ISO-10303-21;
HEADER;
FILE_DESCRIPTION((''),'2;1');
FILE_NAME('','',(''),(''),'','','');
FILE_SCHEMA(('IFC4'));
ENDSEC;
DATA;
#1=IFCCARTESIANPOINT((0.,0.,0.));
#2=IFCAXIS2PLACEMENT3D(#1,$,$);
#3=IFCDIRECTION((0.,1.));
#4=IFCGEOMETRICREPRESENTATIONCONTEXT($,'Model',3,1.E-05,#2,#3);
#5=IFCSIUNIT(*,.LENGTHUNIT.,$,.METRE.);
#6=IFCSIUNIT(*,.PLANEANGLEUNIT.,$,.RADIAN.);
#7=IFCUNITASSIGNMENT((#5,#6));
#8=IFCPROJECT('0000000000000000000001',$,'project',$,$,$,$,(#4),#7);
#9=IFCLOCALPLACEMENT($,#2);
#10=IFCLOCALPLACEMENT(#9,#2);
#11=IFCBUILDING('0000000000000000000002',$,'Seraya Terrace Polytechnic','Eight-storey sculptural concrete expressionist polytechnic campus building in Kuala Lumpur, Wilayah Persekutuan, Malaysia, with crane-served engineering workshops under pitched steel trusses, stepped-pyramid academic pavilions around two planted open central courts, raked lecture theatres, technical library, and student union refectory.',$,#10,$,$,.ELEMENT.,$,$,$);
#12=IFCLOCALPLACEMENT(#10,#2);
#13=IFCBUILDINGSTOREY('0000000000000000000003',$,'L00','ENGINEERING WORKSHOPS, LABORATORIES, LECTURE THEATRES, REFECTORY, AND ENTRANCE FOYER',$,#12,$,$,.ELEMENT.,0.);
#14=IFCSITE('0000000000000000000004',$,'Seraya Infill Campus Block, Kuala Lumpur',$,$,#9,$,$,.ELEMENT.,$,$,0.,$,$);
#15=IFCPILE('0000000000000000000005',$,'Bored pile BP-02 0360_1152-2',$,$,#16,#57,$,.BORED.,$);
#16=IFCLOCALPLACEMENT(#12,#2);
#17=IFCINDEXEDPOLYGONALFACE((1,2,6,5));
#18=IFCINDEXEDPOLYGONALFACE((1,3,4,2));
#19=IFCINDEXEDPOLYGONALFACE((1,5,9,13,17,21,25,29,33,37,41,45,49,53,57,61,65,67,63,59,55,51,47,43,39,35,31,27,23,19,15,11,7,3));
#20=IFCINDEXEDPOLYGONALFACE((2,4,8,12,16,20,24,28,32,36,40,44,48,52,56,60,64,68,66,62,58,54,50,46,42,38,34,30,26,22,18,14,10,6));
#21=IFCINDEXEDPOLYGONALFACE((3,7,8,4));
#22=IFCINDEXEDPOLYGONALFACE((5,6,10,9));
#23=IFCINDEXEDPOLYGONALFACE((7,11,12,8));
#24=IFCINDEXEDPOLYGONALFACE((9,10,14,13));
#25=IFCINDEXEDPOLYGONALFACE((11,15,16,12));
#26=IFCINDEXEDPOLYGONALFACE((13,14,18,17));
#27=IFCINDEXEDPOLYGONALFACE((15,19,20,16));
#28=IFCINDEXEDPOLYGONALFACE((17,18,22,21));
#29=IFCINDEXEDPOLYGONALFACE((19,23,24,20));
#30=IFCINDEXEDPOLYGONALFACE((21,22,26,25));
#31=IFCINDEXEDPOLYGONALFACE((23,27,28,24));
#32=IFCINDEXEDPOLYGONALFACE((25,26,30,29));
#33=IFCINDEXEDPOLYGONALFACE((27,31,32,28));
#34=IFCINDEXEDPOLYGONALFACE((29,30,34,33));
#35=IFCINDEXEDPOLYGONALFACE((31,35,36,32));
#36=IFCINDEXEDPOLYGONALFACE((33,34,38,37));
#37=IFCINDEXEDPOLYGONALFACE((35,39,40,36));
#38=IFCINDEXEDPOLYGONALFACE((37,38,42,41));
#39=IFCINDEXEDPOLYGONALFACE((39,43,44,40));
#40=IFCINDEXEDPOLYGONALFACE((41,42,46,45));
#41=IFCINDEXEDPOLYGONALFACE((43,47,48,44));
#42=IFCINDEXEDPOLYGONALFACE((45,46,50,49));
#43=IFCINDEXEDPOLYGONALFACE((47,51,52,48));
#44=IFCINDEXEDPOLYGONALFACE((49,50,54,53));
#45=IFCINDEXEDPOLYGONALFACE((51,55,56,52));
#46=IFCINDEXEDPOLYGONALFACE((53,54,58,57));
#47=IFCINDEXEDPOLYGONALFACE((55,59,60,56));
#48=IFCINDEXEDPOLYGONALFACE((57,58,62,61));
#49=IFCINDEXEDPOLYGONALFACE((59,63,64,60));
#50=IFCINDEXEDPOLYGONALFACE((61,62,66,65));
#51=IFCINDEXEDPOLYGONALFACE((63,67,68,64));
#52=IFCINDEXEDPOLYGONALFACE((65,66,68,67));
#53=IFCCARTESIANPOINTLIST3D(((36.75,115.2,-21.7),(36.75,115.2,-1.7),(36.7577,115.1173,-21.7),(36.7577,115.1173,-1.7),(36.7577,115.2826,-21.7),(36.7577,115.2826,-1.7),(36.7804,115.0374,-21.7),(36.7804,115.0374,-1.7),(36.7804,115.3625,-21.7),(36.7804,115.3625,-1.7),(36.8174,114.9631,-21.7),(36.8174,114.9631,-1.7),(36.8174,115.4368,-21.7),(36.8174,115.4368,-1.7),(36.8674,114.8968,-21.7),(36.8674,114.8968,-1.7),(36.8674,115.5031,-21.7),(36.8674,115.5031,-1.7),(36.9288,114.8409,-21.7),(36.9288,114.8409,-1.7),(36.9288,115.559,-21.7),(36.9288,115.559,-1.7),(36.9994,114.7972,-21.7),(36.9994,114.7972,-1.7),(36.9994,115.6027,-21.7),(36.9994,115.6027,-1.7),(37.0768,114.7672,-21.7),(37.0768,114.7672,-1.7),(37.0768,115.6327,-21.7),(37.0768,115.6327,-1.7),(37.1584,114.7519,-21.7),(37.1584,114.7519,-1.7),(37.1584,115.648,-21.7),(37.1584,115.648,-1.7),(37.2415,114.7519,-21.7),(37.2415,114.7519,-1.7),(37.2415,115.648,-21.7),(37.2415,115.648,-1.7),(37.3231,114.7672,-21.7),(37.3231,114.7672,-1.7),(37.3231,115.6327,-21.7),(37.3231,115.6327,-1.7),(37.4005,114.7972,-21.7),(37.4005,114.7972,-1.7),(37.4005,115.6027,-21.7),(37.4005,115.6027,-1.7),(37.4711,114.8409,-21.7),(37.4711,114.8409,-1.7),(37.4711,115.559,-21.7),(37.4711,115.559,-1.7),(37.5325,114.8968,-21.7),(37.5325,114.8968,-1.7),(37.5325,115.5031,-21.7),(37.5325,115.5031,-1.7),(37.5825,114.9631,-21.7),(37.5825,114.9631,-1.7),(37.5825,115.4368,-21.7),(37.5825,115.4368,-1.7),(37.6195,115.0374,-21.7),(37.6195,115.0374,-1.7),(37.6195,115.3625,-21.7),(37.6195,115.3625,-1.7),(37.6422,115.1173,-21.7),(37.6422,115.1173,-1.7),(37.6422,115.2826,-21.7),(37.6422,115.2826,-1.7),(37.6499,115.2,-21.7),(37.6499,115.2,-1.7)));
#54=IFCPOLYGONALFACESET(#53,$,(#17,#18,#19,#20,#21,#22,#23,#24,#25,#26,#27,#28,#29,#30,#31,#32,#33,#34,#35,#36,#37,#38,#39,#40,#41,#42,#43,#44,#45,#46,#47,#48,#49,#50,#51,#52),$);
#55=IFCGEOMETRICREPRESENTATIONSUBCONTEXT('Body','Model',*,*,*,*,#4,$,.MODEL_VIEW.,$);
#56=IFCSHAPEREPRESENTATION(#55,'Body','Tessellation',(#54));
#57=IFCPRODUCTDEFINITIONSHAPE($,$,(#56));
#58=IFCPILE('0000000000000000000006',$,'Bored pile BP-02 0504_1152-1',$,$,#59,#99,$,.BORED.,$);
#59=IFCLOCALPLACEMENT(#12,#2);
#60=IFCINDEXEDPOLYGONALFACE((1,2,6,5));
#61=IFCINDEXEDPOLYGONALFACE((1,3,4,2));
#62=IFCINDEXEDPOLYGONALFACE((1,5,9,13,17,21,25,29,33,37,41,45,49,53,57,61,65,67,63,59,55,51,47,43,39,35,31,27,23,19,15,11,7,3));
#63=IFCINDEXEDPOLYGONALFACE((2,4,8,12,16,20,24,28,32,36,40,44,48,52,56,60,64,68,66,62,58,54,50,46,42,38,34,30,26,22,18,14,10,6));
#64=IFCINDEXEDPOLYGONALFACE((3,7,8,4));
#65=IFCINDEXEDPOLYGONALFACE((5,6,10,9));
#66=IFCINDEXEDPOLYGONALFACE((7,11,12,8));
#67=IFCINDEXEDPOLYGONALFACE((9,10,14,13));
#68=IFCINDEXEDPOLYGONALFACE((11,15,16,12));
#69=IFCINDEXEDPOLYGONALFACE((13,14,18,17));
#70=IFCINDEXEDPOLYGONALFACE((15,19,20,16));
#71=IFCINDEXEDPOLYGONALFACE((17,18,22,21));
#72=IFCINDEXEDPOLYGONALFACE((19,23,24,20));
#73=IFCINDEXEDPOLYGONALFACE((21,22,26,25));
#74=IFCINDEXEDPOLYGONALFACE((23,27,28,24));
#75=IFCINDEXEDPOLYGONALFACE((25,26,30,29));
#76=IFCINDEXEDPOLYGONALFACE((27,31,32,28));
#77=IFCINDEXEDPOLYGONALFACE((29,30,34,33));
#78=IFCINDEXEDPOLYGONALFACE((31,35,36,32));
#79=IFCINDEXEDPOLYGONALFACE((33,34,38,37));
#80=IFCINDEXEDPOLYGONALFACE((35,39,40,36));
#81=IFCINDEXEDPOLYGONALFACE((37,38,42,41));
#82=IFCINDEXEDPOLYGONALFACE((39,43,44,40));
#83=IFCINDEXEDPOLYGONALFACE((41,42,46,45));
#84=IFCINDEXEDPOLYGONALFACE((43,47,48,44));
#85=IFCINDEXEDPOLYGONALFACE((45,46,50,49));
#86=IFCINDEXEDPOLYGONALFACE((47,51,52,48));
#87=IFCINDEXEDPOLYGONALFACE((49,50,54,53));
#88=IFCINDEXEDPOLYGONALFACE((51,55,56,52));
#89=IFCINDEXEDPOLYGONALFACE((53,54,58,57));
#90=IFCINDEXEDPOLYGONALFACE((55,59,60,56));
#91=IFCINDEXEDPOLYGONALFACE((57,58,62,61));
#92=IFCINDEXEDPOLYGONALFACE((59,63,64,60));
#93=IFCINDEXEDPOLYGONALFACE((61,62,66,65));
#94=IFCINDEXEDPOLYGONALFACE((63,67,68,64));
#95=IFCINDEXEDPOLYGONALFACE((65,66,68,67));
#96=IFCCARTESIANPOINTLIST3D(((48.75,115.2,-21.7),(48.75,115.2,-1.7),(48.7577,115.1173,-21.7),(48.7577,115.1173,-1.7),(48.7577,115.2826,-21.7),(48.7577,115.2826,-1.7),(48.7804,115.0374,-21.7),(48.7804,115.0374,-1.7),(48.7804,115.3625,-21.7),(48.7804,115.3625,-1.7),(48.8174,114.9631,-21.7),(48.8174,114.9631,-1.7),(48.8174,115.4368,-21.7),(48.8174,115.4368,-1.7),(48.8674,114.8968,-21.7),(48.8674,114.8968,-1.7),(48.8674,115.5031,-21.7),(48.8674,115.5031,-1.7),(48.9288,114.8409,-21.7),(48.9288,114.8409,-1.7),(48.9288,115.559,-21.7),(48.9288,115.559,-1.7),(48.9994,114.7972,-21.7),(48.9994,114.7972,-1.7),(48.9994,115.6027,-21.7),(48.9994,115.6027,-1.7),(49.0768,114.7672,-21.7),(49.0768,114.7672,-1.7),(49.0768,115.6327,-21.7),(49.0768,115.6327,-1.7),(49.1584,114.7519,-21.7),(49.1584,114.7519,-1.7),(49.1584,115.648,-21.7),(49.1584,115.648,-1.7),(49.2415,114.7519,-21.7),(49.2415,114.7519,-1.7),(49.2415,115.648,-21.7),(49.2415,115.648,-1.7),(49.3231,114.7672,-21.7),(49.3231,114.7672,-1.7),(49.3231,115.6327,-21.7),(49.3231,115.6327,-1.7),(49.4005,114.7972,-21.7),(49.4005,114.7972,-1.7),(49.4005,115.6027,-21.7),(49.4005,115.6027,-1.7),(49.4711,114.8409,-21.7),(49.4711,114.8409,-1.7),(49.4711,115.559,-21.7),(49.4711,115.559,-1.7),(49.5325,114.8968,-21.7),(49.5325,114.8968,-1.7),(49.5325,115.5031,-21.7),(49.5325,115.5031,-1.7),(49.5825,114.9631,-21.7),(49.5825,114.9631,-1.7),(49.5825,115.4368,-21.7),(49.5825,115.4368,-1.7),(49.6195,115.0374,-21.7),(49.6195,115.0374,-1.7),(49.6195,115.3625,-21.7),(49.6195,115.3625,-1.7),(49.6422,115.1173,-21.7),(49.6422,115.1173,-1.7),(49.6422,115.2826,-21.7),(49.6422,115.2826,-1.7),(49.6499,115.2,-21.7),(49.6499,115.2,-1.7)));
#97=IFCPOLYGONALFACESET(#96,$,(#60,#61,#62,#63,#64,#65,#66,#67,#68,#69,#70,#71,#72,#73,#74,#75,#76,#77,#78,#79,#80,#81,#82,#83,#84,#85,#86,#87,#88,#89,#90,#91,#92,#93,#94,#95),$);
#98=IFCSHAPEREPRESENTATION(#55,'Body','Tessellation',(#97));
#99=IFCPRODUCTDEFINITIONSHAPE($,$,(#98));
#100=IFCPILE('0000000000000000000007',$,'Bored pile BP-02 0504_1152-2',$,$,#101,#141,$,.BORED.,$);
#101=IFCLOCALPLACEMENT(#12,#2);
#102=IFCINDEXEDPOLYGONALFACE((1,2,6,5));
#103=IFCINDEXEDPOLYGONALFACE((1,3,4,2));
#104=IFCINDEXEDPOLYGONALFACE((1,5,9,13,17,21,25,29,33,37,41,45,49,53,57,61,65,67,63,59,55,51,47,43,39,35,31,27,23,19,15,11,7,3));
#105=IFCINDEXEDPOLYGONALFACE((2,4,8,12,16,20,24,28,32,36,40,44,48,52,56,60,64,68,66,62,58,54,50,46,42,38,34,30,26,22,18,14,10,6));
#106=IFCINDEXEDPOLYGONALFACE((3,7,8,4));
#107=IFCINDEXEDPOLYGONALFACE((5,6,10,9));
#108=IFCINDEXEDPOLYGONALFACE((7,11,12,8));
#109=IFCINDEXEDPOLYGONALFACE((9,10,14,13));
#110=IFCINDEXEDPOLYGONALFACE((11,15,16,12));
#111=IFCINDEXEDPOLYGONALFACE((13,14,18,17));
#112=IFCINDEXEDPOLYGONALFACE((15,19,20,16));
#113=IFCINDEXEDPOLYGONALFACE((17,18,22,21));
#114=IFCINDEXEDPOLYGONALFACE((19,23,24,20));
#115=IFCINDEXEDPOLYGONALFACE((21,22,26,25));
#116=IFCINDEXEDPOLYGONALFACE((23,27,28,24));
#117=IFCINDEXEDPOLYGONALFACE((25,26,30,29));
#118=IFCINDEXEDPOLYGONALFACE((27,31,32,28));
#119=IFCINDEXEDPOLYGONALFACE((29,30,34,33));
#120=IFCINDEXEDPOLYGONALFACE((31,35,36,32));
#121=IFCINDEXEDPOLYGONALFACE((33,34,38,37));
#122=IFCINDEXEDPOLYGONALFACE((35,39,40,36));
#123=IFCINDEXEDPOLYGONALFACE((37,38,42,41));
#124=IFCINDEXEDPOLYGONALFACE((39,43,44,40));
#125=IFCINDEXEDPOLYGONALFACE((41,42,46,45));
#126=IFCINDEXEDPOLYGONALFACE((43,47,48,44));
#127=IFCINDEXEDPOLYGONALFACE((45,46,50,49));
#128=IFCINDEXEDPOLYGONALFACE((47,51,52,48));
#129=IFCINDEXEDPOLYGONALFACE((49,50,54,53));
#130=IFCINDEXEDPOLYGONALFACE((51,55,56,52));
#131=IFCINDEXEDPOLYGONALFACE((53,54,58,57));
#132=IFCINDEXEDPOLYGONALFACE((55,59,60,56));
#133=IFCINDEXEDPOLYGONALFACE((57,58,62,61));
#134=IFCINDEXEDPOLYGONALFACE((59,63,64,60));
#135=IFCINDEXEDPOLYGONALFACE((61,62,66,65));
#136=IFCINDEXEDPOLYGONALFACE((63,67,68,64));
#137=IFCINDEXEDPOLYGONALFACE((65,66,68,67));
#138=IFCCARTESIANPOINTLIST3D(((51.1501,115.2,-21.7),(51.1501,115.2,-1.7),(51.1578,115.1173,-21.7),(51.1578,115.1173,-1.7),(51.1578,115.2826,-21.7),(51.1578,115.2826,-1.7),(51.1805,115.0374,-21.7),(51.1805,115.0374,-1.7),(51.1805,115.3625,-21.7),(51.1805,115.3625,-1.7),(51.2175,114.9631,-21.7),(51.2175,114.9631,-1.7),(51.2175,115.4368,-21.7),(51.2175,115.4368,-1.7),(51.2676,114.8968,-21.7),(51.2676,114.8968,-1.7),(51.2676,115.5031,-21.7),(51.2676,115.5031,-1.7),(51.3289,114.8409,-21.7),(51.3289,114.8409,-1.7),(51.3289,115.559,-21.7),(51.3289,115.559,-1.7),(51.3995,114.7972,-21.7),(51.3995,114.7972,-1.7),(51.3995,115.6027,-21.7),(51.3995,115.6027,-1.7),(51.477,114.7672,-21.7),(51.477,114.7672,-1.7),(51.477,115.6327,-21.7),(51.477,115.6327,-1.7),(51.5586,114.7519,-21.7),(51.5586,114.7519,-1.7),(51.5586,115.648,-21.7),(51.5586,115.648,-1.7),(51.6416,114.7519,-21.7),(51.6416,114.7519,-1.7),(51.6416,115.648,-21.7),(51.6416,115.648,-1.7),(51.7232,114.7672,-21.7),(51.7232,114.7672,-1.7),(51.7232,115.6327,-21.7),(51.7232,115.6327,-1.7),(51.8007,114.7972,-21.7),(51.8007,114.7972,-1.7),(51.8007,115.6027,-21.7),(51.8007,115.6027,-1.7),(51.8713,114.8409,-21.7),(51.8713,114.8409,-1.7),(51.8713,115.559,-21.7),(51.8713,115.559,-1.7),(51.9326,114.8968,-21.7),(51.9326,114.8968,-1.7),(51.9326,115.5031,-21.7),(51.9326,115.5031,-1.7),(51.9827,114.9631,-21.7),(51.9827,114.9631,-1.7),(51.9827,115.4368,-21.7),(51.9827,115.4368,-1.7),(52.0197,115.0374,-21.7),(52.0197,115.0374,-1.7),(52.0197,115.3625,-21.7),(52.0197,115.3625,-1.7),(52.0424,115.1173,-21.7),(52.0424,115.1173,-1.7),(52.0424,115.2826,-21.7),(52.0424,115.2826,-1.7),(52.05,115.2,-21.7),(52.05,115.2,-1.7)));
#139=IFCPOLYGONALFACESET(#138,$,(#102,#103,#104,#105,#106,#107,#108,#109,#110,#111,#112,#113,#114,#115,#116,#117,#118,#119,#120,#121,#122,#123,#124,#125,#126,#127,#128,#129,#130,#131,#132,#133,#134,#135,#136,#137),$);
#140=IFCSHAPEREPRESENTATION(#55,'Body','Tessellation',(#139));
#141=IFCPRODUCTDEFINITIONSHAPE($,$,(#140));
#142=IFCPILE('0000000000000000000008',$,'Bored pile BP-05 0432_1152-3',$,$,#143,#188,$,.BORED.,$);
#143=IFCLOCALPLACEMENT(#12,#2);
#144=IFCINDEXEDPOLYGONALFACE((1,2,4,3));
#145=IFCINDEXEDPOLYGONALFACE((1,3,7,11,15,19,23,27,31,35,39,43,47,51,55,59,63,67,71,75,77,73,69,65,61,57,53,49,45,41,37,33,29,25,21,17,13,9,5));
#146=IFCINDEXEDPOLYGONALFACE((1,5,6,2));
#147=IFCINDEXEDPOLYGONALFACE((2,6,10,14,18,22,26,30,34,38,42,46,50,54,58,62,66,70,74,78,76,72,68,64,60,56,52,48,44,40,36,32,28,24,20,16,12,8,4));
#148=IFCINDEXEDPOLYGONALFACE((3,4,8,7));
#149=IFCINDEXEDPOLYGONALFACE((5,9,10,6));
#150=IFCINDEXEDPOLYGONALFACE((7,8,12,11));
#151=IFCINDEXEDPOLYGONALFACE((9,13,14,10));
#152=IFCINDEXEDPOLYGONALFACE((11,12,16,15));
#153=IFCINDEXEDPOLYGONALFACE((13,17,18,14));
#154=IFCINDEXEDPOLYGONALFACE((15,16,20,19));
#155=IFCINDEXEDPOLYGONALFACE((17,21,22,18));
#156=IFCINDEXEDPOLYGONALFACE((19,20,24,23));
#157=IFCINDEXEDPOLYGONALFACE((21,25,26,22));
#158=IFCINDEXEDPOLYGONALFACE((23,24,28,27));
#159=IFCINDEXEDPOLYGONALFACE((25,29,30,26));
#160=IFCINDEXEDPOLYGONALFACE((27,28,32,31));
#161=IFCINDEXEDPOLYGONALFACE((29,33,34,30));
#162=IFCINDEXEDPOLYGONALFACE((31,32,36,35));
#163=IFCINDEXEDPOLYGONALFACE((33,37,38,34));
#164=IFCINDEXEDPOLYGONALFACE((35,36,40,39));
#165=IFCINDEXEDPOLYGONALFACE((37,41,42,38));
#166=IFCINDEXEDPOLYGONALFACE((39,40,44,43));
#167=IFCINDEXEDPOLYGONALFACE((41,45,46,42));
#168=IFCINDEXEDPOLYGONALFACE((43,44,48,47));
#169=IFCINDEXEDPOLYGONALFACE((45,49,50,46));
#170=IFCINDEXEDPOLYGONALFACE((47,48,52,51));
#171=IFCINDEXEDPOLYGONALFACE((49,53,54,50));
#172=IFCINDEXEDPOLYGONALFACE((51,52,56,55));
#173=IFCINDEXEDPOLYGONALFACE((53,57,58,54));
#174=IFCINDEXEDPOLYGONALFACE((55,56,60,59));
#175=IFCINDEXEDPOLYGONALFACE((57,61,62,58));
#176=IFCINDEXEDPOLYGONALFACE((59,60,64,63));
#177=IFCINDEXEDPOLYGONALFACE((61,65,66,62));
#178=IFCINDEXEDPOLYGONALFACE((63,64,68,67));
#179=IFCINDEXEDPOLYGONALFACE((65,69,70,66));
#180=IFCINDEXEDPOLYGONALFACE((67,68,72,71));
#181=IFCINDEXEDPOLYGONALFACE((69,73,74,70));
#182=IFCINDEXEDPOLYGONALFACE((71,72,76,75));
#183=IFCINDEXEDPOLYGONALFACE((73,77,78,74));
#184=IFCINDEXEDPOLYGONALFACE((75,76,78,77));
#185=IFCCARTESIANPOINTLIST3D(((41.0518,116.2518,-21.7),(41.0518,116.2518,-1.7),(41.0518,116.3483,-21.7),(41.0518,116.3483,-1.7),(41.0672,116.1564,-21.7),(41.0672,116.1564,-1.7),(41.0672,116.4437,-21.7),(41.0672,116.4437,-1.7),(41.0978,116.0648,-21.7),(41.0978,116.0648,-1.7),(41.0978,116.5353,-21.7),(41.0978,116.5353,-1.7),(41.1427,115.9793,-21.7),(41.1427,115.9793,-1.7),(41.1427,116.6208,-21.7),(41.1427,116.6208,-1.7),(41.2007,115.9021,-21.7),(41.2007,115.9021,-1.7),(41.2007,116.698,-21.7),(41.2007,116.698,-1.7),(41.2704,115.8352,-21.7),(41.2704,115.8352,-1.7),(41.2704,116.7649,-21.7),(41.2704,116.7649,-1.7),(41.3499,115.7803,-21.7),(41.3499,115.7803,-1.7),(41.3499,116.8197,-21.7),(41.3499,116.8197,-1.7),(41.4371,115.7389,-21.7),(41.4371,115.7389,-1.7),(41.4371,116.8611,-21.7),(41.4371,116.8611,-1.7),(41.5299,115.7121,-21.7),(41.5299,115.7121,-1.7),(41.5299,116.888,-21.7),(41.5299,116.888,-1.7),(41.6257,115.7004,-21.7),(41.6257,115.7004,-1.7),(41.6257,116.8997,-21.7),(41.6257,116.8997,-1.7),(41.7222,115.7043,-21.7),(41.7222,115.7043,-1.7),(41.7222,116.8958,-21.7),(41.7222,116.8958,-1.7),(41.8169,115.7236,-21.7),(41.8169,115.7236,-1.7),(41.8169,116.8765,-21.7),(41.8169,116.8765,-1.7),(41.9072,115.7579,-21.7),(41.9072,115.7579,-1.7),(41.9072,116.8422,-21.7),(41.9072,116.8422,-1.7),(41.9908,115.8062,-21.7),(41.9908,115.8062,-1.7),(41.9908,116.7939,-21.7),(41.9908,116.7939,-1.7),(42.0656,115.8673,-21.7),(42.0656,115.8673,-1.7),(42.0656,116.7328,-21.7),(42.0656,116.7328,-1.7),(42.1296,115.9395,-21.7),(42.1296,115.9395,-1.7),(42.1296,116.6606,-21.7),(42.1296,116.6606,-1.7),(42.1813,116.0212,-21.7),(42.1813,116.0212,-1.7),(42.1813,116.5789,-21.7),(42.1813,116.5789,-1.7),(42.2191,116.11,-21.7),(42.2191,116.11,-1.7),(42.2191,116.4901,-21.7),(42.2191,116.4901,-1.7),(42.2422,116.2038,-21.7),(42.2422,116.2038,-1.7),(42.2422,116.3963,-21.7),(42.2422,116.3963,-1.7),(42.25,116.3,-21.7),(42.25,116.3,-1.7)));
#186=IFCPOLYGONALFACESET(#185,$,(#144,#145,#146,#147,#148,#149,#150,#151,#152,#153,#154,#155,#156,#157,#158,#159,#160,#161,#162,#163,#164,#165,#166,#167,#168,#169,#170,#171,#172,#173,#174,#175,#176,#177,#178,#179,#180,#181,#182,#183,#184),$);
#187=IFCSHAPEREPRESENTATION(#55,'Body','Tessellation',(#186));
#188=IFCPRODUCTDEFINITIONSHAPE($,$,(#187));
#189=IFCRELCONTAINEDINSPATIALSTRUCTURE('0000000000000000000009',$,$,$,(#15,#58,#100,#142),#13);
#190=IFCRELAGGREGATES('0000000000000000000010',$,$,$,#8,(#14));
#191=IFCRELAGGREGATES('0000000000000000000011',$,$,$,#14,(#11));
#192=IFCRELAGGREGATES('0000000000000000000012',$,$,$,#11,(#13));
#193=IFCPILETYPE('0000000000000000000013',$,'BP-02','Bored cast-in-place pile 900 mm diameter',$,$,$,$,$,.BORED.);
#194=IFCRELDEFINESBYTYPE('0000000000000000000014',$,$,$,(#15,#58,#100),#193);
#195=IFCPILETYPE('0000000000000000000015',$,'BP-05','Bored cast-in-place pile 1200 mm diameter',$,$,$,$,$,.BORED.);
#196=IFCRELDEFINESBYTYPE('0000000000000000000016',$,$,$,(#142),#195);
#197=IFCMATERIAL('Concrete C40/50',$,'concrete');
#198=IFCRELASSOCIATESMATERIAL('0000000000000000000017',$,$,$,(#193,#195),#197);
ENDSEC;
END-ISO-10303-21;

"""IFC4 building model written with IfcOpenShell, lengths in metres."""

from ifc_helpers import new_model, si_unit, direction, frame, origin, origin_2d, place, context, subcontext, project, spatial, circle, extrude, material, material_profile, profile_set, type_object, element, save


model = new_model("IFC4")

# Units and contexts
model_context = context("Model", 3, precision=1e-05, world=origin(), true_north=direction((0.0, 1.0)))
body_context = subcontext(model_context, "Body", "Model", "MODEL_VIEW")
ifc_project = project(units=[si_unit("LENGTHUNIT", "METRE"), si_unit("PLANEANGLEUNIT", "RADIAN")], contexts=[model_context])

# Site, building, storey
site_placement = place(None, origin())
site = spatial("IfcSite", under=ifc_project, at=site_placement, Name="Seraya Infill Campus Block, Kuala Lumpur", CompositionType="ELEMENT", RefElevation=0.0)
building_placement = place(site_placement, origin())
building = spatial("IfcBuilding", under=site, at=building_placement, Name="Seraya Terrace Polytechnic", Description="Eight-storey sculptural concrete expressionist polytechnic campus building in Kuala Lumpur, Wilayah Persekutuan, Malaysia, with crane-served engineering workshops under pitched steel trusses, stepped-pyramid academic pavilions around two planted open central courts, raked lecture theatres, technical library, and student union refectory.", CompositionType="ELEMENT")
storey_placement = place(building_placement, origin())
storey = spatial("IfcBuildingStorey", under=building, at=storey_placement, Name="L00", Description="ENGINEERING WORKSHOPS, LABORATORIES, LECTURE THEATRES, REFECTORY, AND ENTRANCE FOYER", CompositionType="ELEMENT", Elevation=0.0)

# Piles
ifc_material_1 = material(Name="Concrete C40/50", Category="concrete")
ifc_material_profile_1 = material_profile(ifc_material_1, circle(Radius=0.45, at=origin_2d()), Name="DIA 900")
ifc_profile_set_1 = profile_set([ifc_material_profile_1], Name="Concrete C40/50")
pile_type_1 = type_object("IfcPileType", Name="BP-02", Description="Bored cast-in-place pile 900 mm diameter", PredefinedType="BORED", material=ifc_profile_set_1)
for number, where, z_axis, x_axis, name in (
    (1, (37.2, 115.2, -1.7), (0.0, 0.0, -1.0), (1.0, 0.0, 0.0), "Bored pile BP-02 0360_1152-2"),
    (2, (49.2, 115.2, -1.7), (0.0, 0.0, -1.0), (1.0, 0.0, 0.0), "Bored pile BP-02 0504_1152-1"),
    (3, (51.6001, 115.2, -1.7), (0.0, 0.0, -1.0), (1.0, 0.0, 0.0), "Bored pile BP-02 0504_1152-2"),
):
    element("IfcPile", number, at=place(storey_placement, frame(where, z_axis=z_axis, x_axis=x_axis)), inside=storey, type_object=pile_type_1, Name=name, PredefinedType="BORED", context=body_context, shape_type="SweptSolid", body=[
        extrude(circle(Radius=0.45, at=origin_2d()), origin(), (0.0, 0.0, 1.0), 20.0),
    ])
ifc_material_profile_2 = material_profile(ifc_material_1, circle(Radius=0.6001, at=origin_2d()), Name="DIA 1200")
ifc_profile_set_2 = profile_set([ifc_material_profile_2], Name="Concrete C40/50")
pile_type_2 = type_object("IfcPileType", Name="BP-05", Description="Bored cast-in-place pile 1200 mm diameter", PredefinedType="BORED", material=ifc_profile_set_2)
for number, where, z_axis, x_axis, name in (
    (4, (41.6499, 116.3, -1.7), (0.0, 0.0, -1.0), (1.0, 0.0, 0.0), "Bored pile BP-05 0432_1152-3"),
):
    element("IfcPile", number, at=place(storey_placement, frame(where, z_axis=z_axis, x_axis=x_axis)), inside=storey, type_object=pile_type_2, Name=name, PredefinedType="BORED", context=body_context, shape_type="SweptSolid", body=[
        extrude(circle(Radius=0.6001, at=origin_2d()), origin(), (0.0, 0.0, 1.0), 20.0),
    ])

save(model, "model.ifc")
